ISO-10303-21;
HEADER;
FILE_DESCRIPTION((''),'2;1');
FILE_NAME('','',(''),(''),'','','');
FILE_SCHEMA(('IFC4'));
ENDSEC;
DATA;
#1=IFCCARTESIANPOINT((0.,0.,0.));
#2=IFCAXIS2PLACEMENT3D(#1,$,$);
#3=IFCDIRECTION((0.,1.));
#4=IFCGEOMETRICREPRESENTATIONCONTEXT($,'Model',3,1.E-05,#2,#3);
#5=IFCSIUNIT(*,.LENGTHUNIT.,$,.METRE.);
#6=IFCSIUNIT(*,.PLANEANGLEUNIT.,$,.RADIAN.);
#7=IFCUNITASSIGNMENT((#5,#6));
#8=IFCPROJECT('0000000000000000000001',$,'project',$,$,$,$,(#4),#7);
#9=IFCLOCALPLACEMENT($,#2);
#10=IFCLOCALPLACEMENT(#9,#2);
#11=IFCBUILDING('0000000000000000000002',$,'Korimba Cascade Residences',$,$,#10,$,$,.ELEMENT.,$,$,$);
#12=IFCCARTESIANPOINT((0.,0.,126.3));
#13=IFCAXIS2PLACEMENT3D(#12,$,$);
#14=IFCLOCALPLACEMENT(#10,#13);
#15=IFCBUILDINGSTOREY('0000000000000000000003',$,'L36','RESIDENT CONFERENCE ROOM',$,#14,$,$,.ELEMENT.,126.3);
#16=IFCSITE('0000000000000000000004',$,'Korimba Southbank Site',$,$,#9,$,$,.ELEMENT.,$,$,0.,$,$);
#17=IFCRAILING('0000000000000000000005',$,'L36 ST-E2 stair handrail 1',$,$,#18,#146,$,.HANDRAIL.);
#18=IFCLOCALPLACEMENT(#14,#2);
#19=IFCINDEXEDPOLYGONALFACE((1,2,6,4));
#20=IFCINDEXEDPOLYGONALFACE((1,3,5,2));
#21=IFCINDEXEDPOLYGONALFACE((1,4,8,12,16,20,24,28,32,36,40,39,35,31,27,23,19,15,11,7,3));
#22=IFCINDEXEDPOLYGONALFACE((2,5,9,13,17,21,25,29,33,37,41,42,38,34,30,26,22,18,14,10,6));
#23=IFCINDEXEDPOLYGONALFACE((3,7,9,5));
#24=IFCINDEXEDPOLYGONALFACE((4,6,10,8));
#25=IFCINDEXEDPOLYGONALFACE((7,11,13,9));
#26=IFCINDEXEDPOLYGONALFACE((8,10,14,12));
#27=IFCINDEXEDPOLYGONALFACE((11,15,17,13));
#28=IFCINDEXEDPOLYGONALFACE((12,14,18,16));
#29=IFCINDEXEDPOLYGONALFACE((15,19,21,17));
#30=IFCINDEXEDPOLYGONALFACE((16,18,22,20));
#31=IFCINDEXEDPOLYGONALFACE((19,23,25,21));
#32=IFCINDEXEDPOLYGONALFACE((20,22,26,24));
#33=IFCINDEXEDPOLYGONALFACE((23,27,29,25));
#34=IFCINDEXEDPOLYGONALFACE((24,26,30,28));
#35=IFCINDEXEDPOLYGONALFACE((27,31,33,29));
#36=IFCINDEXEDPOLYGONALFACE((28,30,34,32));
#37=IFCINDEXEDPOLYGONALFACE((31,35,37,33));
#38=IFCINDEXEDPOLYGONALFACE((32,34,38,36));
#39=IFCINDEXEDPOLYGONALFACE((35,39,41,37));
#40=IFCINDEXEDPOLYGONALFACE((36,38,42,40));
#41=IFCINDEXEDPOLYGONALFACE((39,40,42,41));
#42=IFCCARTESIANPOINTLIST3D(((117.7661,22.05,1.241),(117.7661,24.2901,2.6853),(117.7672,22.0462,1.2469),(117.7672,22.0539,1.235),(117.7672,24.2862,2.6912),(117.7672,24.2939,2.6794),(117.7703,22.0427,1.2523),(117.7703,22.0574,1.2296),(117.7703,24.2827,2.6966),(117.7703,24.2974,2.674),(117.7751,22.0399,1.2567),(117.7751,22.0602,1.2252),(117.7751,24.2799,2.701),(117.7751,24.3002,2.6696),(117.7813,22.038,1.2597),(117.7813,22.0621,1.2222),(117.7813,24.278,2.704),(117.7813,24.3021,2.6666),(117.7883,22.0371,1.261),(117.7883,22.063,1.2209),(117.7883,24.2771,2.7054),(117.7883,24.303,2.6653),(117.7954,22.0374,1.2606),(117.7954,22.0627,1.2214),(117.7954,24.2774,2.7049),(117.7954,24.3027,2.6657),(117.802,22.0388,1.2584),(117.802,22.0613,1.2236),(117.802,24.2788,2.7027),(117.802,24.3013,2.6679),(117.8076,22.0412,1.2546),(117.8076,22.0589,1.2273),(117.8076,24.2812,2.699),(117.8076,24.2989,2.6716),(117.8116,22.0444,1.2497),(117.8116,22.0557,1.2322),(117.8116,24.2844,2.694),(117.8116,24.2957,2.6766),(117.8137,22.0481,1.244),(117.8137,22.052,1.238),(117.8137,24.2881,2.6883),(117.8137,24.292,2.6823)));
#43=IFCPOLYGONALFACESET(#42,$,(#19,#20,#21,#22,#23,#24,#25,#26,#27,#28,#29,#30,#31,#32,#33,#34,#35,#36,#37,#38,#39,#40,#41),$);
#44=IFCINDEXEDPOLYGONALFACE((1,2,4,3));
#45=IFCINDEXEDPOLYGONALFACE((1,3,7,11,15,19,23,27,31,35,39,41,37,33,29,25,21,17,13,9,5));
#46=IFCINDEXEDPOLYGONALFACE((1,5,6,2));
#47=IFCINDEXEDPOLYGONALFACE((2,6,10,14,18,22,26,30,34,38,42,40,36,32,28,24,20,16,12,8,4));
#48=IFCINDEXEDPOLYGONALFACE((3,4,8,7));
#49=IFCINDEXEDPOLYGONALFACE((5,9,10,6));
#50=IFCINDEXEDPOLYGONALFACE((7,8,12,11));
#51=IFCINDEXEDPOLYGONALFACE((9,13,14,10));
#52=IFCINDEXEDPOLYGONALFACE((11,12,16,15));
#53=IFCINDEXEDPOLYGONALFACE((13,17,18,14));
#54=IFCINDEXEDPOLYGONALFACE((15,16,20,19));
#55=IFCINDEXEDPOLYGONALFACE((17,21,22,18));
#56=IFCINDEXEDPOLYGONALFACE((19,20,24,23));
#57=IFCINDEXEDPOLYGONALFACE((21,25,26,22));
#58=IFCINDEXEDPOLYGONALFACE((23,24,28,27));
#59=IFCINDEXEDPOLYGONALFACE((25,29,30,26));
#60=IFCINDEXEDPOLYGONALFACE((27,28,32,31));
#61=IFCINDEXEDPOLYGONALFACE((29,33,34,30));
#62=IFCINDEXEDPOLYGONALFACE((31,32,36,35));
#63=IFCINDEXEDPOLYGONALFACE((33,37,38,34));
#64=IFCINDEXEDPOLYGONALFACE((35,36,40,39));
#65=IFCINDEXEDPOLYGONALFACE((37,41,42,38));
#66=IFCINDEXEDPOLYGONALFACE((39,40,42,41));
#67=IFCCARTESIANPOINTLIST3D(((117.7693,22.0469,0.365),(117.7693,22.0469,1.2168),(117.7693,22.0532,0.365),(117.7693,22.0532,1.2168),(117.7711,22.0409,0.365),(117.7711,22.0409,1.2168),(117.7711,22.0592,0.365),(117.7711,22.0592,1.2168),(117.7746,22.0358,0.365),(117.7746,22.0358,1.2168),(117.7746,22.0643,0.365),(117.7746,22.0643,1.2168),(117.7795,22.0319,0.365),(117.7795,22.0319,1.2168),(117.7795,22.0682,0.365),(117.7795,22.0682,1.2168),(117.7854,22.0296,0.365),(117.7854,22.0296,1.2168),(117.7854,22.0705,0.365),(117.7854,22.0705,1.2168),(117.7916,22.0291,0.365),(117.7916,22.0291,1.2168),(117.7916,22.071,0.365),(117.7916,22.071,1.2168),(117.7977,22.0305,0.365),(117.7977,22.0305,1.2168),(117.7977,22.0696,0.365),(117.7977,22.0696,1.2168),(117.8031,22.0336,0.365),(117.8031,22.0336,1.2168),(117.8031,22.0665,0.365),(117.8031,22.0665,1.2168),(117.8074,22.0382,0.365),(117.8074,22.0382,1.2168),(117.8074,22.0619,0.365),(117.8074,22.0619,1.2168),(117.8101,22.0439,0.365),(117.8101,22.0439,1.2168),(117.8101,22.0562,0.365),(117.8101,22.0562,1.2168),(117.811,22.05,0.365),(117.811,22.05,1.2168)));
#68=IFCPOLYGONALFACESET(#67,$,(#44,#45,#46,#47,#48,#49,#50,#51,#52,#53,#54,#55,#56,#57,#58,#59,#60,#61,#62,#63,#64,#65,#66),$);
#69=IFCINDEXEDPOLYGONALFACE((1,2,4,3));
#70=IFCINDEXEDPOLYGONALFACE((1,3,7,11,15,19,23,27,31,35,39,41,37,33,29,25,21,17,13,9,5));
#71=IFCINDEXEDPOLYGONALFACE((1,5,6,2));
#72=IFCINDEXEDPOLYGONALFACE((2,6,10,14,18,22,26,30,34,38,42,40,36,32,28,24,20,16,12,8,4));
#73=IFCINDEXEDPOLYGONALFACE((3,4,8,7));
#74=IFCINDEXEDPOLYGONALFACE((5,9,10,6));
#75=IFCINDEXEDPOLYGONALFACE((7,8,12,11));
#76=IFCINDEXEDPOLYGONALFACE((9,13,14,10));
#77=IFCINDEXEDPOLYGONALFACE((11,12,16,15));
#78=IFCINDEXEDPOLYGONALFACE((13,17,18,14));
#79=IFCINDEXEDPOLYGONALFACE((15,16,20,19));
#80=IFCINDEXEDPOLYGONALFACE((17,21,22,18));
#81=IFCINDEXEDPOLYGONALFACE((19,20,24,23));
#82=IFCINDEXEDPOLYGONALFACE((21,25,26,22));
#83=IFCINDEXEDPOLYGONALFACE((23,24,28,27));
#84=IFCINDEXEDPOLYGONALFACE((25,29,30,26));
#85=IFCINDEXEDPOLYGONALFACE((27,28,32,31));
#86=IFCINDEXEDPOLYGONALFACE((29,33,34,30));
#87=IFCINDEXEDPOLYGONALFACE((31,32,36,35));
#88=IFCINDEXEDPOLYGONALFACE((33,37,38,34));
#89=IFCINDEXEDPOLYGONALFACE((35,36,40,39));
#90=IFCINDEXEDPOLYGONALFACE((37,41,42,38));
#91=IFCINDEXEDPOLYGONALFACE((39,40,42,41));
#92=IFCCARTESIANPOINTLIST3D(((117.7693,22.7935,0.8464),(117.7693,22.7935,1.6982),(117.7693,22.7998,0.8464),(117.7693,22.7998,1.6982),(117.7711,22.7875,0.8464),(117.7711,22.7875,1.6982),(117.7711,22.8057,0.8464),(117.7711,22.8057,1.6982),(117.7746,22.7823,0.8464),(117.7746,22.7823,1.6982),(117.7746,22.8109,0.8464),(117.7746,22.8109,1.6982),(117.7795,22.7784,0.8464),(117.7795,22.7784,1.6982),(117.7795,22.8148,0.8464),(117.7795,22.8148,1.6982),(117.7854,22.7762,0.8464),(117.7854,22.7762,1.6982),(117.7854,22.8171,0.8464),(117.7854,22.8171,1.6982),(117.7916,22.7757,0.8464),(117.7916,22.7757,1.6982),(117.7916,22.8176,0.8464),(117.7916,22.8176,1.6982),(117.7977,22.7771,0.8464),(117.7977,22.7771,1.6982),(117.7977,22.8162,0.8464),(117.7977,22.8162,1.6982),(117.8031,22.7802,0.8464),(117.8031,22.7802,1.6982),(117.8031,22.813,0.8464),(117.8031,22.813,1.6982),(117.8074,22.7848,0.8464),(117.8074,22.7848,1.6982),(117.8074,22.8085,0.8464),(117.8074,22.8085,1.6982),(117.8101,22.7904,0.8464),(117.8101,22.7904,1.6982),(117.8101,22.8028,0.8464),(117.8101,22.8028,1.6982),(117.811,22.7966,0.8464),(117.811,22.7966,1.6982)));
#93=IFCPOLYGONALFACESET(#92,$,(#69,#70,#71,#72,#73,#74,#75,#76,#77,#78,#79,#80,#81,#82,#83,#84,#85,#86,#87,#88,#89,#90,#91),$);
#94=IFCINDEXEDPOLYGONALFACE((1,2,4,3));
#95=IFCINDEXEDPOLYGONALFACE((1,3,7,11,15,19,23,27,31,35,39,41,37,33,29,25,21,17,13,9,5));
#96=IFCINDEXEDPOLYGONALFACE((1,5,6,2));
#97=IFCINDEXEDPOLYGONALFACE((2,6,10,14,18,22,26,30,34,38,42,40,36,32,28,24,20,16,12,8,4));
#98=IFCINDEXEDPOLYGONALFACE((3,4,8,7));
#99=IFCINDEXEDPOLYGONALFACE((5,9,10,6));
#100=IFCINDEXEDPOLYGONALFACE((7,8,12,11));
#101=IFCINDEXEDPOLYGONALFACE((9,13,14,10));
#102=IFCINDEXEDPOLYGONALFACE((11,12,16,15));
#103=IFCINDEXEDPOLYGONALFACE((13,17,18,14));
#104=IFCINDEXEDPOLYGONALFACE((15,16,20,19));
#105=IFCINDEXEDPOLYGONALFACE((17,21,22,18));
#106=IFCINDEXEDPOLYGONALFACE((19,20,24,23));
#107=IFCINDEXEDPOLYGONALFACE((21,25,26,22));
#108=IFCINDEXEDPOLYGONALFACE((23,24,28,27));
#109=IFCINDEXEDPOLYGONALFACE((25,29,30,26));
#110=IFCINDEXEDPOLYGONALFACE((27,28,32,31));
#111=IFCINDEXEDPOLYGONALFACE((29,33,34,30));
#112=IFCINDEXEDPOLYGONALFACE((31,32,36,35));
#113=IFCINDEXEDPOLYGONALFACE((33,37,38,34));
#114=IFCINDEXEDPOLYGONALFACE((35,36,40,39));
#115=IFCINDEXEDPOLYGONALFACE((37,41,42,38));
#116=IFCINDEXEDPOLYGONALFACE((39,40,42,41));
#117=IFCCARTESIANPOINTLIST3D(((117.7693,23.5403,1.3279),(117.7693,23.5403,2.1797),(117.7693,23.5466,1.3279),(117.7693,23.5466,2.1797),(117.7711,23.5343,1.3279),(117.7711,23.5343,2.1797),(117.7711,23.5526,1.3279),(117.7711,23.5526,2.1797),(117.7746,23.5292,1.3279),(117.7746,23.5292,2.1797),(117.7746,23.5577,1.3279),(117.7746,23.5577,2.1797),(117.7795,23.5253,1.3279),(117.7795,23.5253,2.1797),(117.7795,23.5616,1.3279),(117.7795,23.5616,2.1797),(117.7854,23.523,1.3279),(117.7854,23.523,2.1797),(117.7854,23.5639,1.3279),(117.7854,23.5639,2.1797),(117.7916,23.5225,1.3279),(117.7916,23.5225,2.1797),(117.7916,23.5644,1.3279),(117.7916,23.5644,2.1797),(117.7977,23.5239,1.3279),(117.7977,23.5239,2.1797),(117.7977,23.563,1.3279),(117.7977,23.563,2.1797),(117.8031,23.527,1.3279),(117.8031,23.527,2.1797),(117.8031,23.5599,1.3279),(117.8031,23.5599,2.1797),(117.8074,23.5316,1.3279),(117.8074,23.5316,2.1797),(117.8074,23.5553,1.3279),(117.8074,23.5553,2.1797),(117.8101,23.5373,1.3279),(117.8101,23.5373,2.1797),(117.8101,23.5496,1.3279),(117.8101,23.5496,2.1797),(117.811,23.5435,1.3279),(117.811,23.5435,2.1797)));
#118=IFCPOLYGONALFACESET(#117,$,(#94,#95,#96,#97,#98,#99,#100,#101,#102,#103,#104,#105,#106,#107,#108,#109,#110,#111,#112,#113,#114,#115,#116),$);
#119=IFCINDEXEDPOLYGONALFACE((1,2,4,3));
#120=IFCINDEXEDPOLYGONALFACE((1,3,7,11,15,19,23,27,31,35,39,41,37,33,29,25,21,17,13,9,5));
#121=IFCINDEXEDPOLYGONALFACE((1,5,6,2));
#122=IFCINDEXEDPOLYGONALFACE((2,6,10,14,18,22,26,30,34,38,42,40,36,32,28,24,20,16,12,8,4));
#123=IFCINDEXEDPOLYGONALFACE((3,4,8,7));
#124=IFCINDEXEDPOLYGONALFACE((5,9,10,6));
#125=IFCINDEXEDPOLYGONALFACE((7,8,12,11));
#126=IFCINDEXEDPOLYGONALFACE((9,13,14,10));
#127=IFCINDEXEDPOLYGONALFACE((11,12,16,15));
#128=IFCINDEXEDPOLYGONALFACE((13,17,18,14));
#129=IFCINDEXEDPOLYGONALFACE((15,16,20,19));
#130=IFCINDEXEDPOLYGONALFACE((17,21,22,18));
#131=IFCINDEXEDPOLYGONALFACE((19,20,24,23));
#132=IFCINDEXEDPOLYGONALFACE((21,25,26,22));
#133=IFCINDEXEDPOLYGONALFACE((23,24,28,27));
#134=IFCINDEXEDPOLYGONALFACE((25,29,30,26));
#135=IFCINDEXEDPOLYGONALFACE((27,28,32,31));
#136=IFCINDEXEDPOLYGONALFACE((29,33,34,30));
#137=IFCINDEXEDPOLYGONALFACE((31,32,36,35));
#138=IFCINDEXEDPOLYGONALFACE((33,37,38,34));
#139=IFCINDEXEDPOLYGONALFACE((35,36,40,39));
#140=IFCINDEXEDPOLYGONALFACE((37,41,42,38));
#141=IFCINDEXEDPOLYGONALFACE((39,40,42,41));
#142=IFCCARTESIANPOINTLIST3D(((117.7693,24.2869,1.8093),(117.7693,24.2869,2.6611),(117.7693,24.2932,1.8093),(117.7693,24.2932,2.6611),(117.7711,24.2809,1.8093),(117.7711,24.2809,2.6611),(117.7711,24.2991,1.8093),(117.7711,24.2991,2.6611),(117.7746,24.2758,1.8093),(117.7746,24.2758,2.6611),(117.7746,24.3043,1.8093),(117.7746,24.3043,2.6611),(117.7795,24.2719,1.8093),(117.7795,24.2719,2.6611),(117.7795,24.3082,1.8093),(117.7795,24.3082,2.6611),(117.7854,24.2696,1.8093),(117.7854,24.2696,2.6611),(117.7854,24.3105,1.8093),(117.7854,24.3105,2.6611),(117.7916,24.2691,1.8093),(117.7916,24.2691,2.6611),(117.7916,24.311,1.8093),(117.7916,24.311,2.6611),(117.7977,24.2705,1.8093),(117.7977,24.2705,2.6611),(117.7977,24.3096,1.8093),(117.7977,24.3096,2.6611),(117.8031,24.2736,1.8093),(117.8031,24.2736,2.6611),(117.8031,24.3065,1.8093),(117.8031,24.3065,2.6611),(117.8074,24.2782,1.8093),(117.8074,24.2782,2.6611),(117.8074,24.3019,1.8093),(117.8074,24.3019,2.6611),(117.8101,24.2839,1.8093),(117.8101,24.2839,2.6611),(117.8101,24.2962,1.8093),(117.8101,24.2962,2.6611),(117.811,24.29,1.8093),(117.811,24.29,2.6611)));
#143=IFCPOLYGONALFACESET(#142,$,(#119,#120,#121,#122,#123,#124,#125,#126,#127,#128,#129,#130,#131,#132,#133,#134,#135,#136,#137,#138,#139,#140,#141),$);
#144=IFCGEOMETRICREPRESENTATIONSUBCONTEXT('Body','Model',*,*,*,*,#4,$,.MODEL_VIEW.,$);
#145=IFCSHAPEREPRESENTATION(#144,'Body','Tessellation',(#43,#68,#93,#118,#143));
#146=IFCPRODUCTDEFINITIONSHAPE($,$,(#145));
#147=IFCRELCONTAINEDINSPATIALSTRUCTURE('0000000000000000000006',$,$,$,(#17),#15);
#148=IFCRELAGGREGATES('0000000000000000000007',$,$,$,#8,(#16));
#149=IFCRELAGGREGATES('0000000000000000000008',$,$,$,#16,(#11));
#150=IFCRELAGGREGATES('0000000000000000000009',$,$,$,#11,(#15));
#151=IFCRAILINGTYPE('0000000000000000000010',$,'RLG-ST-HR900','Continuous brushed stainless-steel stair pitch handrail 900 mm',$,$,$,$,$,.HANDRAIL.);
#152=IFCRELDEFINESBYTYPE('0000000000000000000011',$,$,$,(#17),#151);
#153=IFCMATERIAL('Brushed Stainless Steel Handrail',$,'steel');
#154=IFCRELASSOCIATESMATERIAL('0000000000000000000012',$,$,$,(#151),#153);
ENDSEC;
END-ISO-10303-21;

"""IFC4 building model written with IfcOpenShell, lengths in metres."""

from ifc_helpers import new_model, si_unit, direction, frame, origin, origin_2d, place, context, subcontext, project, spatial, circle, extrude, material, type_object, element, save


model = new_model("IFC4")

# Units and contexts
model_context = context("Model", 3, precision=1e-05, world=origin(), true_north=direction((0.0, 1.0)))
body_context = subcontext(model_context, "Body", "Model", "MODEL_VIEW")
ifc_project = project(units=[si_unit("LENGTHUNIT", "METRE"), si_unit("PLANEANGLEUNIT", "RADIAN")], contexts=[model_context])

# Site, building, storey
site_placement = place(None, origin())
site = spatial("IfcSite", under=ifc_project, at=site_placement, Name="Korimba Southbank Site", CompositionType="ELEMENT", RefElevation=0.0)
building_placement = place(site_placement, origin())
building = spatial("IfcBuilding", under=site, at=building_placement, Name="Korimba Cascade Residences", CompositionType="ELEMENT")
storey_placement = place(building_placement, frame((0.0, 0.0, 126.3)))
storey = spatial("IfcBuildingStorey", under=building, at=storey_placement, Name="L36", Description="RESIDENT CONFERENCE ROOM", CompositionType="ELEMENT", Elevation=126.3)

# Railing
ifc_material_1 = material(Name="Brushed Stainless Steel Handrail", Category="steel")
railing_type_1 = type_object("IfcRailingType", Name="RLG-ST-HR900", Description="Continuous brushed stainless-steel stair pitch handrail 900 mm", PredefinedType="HANDRAIL", material=ifc_material_1)
railing_1_placement = place(storey_placement, frame((117.79, 22.05, 0.365)))
element("IfcRailing", 1, at=railing_1_placement, inside=storey, type_object=railing_type_1, Name="L36 ST-E2 stair handrail 1", PredefinedType="HANDRAIL", context=body_context, shape_type="SweptSolid", body=[
    extrude(circle(Radius=0.0239, at=origin_2d()), frame((0.0, 0.0, 0.876), z_axis=(0.0, 0.840437, 0.54191), x_axis=(-1.0, 0.0, 0.0)), (0.0, 0.0, 1.0), 2.6653),
    extrude(circle(Radius=0.021, at=origin_2d()), origin(), (0.0, 0.0, 1.0), 0.8518),
    extrude(circle(Radius=0.021, at=origin_2d()), frame((0.0, 0.7466, 0.4814)), (0.0, 0.0, 1.0), 0.8518),
    extrude(circle(Radius=0.021, at=origin_2d()), frame((0.0, 1.4934, 0.9629)), (0.0, 0.0, 1.0), 0.8518),
    extrude(circle(Radius=0.021, at=origin_2d()), frame((0.0, 2.24, 1.4443)), (0.0, 0.0, 1.0), 0.8518),
])

save(model, "model.ifc")
